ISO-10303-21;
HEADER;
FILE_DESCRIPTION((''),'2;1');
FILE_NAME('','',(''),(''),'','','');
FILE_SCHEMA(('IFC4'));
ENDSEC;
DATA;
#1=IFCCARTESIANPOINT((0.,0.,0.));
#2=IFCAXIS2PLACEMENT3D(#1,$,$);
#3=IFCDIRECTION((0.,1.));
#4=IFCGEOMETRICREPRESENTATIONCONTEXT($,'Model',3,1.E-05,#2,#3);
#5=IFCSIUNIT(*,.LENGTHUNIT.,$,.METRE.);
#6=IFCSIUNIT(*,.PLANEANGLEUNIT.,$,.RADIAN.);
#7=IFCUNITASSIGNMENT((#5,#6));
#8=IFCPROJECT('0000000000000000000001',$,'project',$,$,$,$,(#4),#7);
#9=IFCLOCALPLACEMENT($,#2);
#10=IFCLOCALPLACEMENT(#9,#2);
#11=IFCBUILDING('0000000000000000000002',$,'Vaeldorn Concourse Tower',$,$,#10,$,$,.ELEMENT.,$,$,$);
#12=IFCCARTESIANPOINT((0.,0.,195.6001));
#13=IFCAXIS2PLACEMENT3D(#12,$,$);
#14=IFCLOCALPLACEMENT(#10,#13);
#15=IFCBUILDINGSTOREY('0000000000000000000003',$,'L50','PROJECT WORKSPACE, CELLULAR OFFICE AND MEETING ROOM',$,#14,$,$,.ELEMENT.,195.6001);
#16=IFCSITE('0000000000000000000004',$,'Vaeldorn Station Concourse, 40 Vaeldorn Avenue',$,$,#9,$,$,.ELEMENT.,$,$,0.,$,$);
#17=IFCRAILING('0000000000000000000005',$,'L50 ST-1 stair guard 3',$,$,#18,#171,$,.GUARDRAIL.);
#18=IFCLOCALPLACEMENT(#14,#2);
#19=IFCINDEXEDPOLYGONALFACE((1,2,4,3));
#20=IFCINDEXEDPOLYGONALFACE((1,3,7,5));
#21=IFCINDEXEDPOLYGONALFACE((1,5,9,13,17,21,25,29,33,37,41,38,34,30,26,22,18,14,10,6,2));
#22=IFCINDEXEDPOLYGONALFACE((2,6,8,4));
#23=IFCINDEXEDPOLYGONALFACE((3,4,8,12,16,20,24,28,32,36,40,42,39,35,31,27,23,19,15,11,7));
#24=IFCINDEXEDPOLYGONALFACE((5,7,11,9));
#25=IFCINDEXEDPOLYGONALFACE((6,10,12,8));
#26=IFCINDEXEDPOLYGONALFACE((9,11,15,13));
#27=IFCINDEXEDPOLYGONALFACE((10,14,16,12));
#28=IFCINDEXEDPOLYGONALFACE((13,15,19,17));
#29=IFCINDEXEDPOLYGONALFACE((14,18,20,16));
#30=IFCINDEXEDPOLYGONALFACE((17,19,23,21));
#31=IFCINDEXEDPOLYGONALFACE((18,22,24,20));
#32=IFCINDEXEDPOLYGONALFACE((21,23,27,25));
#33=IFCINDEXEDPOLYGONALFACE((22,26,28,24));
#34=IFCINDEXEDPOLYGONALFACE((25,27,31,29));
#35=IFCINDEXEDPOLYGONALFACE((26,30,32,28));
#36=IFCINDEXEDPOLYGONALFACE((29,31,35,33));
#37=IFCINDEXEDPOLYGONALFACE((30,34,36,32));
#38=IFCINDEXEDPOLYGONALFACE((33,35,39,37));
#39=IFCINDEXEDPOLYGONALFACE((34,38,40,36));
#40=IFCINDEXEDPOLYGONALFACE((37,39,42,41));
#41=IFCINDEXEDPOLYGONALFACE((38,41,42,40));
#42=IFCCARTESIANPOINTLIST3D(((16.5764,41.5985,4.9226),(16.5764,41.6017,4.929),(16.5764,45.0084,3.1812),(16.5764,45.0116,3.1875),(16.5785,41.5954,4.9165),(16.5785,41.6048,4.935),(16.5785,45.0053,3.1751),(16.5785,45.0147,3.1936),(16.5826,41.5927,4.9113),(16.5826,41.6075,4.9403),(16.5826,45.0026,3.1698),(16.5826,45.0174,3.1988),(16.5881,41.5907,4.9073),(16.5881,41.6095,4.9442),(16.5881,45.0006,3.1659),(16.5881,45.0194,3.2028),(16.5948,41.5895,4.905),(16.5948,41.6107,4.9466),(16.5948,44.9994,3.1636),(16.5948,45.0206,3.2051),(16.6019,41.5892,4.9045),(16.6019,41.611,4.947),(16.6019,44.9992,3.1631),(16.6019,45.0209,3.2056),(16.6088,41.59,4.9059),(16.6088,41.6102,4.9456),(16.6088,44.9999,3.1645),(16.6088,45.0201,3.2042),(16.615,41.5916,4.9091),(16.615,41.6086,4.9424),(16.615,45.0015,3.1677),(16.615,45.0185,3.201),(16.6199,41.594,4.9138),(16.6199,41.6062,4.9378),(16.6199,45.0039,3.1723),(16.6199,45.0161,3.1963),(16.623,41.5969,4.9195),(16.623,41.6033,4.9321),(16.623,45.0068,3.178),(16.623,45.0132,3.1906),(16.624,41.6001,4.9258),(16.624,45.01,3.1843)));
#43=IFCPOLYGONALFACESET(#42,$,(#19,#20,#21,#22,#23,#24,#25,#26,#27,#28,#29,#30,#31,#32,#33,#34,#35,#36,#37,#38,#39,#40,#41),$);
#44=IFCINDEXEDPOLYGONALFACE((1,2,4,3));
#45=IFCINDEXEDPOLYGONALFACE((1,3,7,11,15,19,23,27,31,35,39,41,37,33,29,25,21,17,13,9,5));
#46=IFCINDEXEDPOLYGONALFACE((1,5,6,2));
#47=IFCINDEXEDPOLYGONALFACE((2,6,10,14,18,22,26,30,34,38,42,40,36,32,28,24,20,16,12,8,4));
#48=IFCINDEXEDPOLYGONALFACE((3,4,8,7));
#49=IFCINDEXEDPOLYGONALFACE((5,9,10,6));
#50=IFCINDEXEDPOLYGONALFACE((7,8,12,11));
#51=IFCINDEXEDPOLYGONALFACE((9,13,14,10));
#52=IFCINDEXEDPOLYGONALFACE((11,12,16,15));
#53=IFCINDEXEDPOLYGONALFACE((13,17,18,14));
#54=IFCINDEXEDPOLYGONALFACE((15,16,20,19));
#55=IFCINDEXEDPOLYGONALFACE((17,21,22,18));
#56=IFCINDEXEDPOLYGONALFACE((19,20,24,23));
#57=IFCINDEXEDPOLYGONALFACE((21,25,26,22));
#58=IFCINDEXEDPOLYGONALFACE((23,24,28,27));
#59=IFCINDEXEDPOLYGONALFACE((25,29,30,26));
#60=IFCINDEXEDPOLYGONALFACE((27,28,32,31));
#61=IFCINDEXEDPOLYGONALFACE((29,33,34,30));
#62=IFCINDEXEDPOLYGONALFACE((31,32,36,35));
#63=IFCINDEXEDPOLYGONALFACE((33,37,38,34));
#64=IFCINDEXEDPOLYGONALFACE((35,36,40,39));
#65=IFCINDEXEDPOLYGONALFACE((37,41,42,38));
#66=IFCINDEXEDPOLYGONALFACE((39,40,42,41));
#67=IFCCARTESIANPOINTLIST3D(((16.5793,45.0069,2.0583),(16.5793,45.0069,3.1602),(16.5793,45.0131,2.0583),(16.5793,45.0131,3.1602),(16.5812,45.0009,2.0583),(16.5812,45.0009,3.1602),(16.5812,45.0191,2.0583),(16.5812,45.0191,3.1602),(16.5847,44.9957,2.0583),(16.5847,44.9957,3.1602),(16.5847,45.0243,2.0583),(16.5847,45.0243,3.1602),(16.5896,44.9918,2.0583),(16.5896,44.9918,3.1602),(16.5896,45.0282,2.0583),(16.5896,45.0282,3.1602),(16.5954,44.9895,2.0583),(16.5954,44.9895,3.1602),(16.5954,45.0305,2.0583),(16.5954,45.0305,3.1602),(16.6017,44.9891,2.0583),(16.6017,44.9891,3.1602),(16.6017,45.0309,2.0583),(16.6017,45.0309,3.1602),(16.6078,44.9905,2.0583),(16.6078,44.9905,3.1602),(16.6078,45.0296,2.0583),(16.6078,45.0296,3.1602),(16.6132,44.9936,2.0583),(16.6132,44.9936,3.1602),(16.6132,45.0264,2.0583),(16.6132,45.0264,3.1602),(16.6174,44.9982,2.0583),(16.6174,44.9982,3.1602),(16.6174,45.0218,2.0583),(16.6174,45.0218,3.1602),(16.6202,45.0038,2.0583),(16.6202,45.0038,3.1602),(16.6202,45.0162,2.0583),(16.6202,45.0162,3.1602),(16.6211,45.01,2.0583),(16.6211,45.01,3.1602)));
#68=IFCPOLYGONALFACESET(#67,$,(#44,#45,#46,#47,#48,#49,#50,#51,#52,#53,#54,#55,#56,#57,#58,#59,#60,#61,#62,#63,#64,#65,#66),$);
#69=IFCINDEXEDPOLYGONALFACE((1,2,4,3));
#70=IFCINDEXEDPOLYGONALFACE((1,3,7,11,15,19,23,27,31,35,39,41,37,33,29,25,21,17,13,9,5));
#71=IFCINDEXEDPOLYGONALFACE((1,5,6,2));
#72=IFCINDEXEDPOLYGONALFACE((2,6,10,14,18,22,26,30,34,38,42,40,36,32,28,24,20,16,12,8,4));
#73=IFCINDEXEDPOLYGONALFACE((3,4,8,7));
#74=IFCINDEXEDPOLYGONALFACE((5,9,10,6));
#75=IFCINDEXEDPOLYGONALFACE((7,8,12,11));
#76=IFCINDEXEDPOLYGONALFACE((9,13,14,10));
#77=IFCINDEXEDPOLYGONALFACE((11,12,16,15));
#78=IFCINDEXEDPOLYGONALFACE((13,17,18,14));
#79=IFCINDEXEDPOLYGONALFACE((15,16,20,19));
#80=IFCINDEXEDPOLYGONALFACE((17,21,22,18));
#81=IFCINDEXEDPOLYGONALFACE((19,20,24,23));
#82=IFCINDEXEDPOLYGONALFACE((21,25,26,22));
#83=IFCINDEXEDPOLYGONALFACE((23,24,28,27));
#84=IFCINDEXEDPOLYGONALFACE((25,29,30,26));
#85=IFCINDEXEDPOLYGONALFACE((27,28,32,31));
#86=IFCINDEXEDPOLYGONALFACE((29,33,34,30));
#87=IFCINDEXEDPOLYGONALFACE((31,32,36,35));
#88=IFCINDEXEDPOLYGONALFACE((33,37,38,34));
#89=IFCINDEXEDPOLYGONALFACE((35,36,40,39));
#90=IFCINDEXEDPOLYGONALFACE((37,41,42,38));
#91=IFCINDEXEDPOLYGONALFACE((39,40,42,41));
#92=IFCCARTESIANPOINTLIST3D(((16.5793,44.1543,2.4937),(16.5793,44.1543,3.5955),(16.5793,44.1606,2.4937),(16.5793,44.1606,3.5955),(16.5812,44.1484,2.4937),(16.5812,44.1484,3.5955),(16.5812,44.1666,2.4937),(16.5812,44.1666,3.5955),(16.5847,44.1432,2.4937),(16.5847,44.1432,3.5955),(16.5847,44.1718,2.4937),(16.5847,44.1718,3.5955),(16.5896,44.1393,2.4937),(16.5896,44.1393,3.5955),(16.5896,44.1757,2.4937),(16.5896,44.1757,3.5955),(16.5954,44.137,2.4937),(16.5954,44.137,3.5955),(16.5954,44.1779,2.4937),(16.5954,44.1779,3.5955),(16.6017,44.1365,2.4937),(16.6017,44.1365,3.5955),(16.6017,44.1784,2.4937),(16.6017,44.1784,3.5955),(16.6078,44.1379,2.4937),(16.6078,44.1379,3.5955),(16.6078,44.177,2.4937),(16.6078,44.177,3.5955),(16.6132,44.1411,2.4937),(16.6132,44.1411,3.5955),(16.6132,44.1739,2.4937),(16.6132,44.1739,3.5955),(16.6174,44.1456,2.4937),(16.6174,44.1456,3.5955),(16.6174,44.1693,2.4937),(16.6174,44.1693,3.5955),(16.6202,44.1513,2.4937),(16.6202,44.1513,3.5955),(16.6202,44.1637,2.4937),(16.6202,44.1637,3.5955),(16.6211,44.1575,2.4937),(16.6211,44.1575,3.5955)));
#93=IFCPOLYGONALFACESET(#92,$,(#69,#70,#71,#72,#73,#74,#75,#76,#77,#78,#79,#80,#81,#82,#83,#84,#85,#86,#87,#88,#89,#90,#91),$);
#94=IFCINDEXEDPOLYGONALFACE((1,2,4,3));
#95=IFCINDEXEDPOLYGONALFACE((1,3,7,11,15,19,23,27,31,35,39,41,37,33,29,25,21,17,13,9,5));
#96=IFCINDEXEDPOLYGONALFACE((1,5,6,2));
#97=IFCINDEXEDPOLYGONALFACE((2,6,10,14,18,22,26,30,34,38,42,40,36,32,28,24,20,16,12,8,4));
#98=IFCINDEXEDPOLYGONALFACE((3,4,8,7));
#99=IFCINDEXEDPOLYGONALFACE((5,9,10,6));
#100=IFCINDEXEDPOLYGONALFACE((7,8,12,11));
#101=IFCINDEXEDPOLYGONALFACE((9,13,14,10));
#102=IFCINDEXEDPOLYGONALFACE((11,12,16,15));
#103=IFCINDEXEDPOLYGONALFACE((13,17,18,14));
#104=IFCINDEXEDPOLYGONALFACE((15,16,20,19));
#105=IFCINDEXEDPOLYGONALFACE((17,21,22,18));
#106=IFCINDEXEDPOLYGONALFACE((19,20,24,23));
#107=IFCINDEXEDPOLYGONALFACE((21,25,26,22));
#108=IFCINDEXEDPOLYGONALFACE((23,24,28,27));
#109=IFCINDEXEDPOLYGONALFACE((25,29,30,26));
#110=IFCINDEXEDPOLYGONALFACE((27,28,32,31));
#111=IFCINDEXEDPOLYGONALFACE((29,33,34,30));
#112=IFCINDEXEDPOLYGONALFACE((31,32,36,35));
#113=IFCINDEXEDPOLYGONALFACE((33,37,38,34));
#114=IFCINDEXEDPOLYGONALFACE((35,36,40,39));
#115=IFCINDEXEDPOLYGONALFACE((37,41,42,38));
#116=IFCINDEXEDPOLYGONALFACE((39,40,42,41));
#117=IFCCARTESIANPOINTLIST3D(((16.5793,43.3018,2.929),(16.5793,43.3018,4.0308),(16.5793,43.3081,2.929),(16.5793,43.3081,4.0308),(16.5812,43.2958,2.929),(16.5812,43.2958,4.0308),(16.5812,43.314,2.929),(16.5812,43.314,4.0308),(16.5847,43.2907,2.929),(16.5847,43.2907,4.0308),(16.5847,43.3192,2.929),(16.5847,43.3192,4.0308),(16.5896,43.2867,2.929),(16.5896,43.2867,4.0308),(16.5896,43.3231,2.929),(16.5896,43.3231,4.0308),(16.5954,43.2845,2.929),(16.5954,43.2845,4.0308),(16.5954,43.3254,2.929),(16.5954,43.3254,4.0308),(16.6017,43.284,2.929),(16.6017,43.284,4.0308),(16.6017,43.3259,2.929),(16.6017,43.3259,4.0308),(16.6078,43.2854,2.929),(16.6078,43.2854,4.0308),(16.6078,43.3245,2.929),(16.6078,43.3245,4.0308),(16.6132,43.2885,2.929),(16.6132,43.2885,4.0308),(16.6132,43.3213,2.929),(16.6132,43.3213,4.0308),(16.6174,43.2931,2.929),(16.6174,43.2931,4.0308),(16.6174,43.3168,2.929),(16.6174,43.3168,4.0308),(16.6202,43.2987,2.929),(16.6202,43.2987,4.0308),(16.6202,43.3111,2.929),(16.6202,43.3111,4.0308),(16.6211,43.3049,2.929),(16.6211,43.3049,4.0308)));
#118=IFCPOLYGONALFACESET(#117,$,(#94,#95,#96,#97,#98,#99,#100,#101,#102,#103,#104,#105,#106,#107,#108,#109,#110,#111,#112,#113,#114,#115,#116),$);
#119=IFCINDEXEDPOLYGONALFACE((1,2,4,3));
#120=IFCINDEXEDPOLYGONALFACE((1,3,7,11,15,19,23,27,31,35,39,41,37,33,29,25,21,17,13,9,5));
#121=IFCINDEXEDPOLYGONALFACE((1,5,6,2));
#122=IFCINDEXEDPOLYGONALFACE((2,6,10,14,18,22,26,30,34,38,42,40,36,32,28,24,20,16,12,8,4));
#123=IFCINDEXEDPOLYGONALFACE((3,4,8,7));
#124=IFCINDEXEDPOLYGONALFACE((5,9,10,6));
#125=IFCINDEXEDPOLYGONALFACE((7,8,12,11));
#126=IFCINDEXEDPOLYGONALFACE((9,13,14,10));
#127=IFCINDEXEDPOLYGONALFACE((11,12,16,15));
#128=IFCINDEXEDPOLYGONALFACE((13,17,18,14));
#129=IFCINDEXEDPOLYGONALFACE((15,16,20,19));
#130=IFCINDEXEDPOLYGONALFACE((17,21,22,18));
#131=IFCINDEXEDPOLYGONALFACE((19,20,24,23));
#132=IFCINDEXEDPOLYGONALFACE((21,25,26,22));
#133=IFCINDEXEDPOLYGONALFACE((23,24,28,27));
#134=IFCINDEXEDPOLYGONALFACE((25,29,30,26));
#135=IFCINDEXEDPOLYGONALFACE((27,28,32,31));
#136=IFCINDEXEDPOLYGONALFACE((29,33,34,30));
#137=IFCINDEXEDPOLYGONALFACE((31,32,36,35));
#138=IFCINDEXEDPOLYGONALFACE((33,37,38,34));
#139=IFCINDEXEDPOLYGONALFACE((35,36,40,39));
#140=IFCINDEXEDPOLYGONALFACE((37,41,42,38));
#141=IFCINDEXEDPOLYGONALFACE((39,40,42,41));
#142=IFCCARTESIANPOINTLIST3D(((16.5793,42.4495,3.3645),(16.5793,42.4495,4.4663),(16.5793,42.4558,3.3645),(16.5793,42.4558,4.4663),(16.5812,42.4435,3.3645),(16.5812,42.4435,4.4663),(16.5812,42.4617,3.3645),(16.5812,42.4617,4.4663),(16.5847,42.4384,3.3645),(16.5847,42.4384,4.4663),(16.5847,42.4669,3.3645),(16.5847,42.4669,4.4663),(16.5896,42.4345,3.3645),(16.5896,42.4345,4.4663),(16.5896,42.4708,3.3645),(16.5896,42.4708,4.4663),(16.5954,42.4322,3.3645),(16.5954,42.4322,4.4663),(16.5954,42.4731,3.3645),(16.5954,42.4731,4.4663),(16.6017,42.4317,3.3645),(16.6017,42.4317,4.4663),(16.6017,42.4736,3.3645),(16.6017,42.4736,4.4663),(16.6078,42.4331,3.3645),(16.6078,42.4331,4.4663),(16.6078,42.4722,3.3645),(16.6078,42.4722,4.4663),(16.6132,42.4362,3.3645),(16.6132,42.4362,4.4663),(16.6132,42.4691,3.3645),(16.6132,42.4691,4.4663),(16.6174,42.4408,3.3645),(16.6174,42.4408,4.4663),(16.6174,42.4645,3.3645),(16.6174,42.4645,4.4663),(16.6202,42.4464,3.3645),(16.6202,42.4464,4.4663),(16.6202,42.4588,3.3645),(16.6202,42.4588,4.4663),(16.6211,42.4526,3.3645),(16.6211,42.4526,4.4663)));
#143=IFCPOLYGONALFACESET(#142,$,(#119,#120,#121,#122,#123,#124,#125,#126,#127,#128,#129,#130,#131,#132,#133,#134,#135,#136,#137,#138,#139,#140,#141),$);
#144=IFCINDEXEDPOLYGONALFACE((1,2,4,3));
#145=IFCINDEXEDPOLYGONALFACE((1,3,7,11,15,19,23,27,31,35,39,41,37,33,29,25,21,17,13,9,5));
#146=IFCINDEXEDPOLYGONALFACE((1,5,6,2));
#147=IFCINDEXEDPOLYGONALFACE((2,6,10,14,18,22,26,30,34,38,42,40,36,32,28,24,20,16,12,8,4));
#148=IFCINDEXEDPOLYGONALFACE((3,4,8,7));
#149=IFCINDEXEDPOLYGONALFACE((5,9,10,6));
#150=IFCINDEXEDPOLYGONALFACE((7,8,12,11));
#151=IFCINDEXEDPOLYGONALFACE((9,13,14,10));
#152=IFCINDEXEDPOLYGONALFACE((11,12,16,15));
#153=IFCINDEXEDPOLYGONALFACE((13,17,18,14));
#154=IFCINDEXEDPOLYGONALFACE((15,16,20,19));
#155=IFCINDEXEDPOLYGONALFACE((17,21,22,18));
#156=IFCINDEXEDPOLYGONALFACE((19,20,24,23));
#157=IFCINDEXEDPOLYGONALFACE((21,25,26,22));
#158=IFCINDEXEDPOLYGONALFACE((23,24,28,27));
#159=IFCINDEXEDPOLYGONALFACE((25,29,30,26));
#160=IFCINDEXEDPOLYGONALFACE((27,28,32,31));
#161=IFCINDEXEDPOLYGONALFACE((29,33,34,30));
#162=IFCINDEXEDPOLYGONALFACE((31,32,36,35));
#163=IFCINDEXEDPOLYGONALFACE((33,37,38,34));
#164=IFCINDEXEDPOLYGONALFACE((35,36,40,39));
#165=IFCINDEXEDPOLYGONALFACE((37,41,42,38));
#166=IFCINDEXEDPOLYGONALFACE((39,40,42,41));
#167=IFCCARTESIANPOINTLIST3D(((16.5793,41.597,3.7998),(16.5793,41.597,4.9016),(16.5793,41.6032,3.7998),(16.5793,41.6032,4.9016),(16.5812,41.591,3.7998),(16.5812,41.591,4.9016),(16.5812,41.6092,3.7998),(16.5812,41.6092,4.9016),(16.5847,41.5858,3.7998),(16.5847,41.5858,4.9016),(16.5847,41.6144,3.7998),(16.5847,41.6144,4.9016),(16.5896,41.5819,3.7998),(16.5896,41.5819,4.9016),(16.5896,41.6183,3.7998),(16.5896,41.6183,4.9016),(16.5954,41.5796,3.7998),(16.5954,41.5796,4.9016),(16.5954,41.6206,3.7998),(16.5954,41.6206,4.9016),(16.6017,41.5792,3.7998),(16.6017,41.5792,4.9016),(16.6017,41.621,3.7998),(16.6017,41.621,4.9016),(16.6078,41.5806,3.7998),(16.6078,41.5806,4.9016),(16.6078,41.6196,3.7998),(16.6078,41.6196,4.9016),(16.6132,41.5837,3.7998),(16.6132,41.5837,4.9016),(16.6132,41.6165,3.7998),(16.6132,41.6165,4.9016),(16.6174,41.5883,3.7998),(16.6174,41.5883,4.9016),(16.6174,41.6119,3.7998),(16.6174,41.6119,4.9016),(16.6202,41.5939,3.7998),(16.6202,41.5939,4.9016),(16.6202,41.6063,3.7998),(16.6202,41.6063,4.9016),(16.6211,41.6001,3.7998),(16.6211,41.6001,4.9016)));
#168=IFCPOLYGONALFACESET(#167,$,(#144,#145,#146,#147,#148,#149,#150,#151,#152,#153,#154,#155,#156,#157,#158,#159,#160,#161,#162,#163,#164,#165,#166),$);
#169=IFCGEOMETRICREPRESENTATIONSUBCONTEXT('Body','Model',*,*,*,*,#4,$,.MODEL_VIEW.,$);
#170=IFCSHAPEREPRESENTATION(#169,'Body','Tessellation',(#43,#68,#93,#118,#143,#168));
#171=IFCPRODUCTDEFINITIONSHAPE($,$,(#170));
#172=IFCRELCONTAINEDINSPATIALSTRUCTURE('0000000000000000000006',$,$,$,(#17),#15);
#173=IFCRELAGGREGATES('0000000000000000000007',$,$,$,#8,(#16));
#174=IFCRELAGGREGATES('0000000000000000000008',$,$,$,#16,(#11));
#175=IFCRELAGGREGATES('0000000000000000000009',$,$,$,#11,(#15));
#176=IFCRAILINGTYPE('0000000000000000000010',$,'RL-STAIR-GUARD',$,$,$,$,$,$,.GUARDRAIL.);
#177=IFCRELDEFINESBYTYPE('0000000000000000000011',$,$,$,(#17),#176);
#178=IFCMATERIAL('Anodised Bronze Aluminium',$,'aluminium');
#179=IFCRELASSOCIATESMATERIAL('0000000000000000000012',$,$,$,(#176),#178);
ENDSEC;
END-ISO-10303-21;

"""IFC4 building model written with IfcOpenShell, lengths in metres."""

from ifc_helpers import new_model, si_unit, direction, frame, origin, origin_2d, place, context, subcontext, project, spatial, circle, extrude, material, type_object, element, save


model = new_model("IFC4")

# Units and contexts
model_context = context("Model", 3, precision=1e-05, world=origin(), true_north=direction((0.0, 1.0)))
body_context = subcontext(model_context, "Body", "Model", "MODEL_VIEW")
ifc_project = project(units=[si_unit("LENGTHUNIT", "METRE"), si_unit("PLANEANGLEUNIT", "RADIAN")], contexts=[model_context])

# Site, building, storey
site_placement = place(None, origin())
site = spatial("IfcSite", under=ifc_project, at=site_placement, Name="Vaeldorn Station Concourse, 40 Vaeldorn Avenue", CompositionType="ELEMENT", RefElevation=0.0)
building_placement = place(site_placement, origin())
building = spatial("IfcBuilding", under=site, at=building_placement, Name="Vaeldorn Concourse Tower", CompositionType="ELEMENT")
storey_placement = place(building_placement, frame((0.0, 0.0, 195.6001)))
storey = spatial("IfcBuildingStorey", under=building, at=storey_placement, Name="L50", Description="PROJECT WORKSPACE, CELLULAR OFFICE AND MEETING ROOM", CompositionType="ELEMENT", Elevation=195.6001)

# Shared definitions
ifc_material_1 = material(Name="Anodised Bronze Aluminium", Category="aluminium")

# Railing
railing_type_1 = type_object("IfcRailingType", Name="RL-STAIR-GUARD", PredefinedType="GUARDRAIL", material=ifc_material_1)
railing_1_placement = place(storey_placement, frame((16.6001, 45.01, 2.0583)))
element("IfcRailing", 1, at=railing_1_placement, inside=storey, type_object=railing_type_1, Name="L50 ST-1 stair guard 3", PredefinedType="GUARDRAIL", context=body_context, shape_type="SweptSolid", body=[
    extrude(circle(Radius=0.0239, at=origin_2d()), frame((0.0, 0.0, 1.126), z_axis=(0.0, -0.890582, 0.454823), x_axis=(1.0, 0.0, 0.0)), (0.0, 0.0, 1.0), 3.8289),
    extrude(circle(Radius=0.021, at=origin_2d()), origin(), (0.0, 0.0, 1.0), 1.1018),
    extrude(circle(Radius=0.021, at=origin_2d()), frame((0.0, -0.8525, 0.4353)), (0.0, 0.0, 1.0), 1.1018),
    extrude(circle(Radius=0.021, at=origin_2d()), frame((0.0, -1.7051, 0.8706)), (0.0, 0.0, 1.0), 1.1018),
    extrude(circle(Radius=0.021, at=origin_2d()), frame((0.0, -2.5574, 1.3062)), (0.0, 0.0, 1.0), 1.1018),
    extrude(circle(Radius=0.021, at=origin_2d()), frame((0.0, -3.4099, 1.7415)), (0.0, 0.0, 1.0), 1.1018),
])

save(model, "model.ifc")
